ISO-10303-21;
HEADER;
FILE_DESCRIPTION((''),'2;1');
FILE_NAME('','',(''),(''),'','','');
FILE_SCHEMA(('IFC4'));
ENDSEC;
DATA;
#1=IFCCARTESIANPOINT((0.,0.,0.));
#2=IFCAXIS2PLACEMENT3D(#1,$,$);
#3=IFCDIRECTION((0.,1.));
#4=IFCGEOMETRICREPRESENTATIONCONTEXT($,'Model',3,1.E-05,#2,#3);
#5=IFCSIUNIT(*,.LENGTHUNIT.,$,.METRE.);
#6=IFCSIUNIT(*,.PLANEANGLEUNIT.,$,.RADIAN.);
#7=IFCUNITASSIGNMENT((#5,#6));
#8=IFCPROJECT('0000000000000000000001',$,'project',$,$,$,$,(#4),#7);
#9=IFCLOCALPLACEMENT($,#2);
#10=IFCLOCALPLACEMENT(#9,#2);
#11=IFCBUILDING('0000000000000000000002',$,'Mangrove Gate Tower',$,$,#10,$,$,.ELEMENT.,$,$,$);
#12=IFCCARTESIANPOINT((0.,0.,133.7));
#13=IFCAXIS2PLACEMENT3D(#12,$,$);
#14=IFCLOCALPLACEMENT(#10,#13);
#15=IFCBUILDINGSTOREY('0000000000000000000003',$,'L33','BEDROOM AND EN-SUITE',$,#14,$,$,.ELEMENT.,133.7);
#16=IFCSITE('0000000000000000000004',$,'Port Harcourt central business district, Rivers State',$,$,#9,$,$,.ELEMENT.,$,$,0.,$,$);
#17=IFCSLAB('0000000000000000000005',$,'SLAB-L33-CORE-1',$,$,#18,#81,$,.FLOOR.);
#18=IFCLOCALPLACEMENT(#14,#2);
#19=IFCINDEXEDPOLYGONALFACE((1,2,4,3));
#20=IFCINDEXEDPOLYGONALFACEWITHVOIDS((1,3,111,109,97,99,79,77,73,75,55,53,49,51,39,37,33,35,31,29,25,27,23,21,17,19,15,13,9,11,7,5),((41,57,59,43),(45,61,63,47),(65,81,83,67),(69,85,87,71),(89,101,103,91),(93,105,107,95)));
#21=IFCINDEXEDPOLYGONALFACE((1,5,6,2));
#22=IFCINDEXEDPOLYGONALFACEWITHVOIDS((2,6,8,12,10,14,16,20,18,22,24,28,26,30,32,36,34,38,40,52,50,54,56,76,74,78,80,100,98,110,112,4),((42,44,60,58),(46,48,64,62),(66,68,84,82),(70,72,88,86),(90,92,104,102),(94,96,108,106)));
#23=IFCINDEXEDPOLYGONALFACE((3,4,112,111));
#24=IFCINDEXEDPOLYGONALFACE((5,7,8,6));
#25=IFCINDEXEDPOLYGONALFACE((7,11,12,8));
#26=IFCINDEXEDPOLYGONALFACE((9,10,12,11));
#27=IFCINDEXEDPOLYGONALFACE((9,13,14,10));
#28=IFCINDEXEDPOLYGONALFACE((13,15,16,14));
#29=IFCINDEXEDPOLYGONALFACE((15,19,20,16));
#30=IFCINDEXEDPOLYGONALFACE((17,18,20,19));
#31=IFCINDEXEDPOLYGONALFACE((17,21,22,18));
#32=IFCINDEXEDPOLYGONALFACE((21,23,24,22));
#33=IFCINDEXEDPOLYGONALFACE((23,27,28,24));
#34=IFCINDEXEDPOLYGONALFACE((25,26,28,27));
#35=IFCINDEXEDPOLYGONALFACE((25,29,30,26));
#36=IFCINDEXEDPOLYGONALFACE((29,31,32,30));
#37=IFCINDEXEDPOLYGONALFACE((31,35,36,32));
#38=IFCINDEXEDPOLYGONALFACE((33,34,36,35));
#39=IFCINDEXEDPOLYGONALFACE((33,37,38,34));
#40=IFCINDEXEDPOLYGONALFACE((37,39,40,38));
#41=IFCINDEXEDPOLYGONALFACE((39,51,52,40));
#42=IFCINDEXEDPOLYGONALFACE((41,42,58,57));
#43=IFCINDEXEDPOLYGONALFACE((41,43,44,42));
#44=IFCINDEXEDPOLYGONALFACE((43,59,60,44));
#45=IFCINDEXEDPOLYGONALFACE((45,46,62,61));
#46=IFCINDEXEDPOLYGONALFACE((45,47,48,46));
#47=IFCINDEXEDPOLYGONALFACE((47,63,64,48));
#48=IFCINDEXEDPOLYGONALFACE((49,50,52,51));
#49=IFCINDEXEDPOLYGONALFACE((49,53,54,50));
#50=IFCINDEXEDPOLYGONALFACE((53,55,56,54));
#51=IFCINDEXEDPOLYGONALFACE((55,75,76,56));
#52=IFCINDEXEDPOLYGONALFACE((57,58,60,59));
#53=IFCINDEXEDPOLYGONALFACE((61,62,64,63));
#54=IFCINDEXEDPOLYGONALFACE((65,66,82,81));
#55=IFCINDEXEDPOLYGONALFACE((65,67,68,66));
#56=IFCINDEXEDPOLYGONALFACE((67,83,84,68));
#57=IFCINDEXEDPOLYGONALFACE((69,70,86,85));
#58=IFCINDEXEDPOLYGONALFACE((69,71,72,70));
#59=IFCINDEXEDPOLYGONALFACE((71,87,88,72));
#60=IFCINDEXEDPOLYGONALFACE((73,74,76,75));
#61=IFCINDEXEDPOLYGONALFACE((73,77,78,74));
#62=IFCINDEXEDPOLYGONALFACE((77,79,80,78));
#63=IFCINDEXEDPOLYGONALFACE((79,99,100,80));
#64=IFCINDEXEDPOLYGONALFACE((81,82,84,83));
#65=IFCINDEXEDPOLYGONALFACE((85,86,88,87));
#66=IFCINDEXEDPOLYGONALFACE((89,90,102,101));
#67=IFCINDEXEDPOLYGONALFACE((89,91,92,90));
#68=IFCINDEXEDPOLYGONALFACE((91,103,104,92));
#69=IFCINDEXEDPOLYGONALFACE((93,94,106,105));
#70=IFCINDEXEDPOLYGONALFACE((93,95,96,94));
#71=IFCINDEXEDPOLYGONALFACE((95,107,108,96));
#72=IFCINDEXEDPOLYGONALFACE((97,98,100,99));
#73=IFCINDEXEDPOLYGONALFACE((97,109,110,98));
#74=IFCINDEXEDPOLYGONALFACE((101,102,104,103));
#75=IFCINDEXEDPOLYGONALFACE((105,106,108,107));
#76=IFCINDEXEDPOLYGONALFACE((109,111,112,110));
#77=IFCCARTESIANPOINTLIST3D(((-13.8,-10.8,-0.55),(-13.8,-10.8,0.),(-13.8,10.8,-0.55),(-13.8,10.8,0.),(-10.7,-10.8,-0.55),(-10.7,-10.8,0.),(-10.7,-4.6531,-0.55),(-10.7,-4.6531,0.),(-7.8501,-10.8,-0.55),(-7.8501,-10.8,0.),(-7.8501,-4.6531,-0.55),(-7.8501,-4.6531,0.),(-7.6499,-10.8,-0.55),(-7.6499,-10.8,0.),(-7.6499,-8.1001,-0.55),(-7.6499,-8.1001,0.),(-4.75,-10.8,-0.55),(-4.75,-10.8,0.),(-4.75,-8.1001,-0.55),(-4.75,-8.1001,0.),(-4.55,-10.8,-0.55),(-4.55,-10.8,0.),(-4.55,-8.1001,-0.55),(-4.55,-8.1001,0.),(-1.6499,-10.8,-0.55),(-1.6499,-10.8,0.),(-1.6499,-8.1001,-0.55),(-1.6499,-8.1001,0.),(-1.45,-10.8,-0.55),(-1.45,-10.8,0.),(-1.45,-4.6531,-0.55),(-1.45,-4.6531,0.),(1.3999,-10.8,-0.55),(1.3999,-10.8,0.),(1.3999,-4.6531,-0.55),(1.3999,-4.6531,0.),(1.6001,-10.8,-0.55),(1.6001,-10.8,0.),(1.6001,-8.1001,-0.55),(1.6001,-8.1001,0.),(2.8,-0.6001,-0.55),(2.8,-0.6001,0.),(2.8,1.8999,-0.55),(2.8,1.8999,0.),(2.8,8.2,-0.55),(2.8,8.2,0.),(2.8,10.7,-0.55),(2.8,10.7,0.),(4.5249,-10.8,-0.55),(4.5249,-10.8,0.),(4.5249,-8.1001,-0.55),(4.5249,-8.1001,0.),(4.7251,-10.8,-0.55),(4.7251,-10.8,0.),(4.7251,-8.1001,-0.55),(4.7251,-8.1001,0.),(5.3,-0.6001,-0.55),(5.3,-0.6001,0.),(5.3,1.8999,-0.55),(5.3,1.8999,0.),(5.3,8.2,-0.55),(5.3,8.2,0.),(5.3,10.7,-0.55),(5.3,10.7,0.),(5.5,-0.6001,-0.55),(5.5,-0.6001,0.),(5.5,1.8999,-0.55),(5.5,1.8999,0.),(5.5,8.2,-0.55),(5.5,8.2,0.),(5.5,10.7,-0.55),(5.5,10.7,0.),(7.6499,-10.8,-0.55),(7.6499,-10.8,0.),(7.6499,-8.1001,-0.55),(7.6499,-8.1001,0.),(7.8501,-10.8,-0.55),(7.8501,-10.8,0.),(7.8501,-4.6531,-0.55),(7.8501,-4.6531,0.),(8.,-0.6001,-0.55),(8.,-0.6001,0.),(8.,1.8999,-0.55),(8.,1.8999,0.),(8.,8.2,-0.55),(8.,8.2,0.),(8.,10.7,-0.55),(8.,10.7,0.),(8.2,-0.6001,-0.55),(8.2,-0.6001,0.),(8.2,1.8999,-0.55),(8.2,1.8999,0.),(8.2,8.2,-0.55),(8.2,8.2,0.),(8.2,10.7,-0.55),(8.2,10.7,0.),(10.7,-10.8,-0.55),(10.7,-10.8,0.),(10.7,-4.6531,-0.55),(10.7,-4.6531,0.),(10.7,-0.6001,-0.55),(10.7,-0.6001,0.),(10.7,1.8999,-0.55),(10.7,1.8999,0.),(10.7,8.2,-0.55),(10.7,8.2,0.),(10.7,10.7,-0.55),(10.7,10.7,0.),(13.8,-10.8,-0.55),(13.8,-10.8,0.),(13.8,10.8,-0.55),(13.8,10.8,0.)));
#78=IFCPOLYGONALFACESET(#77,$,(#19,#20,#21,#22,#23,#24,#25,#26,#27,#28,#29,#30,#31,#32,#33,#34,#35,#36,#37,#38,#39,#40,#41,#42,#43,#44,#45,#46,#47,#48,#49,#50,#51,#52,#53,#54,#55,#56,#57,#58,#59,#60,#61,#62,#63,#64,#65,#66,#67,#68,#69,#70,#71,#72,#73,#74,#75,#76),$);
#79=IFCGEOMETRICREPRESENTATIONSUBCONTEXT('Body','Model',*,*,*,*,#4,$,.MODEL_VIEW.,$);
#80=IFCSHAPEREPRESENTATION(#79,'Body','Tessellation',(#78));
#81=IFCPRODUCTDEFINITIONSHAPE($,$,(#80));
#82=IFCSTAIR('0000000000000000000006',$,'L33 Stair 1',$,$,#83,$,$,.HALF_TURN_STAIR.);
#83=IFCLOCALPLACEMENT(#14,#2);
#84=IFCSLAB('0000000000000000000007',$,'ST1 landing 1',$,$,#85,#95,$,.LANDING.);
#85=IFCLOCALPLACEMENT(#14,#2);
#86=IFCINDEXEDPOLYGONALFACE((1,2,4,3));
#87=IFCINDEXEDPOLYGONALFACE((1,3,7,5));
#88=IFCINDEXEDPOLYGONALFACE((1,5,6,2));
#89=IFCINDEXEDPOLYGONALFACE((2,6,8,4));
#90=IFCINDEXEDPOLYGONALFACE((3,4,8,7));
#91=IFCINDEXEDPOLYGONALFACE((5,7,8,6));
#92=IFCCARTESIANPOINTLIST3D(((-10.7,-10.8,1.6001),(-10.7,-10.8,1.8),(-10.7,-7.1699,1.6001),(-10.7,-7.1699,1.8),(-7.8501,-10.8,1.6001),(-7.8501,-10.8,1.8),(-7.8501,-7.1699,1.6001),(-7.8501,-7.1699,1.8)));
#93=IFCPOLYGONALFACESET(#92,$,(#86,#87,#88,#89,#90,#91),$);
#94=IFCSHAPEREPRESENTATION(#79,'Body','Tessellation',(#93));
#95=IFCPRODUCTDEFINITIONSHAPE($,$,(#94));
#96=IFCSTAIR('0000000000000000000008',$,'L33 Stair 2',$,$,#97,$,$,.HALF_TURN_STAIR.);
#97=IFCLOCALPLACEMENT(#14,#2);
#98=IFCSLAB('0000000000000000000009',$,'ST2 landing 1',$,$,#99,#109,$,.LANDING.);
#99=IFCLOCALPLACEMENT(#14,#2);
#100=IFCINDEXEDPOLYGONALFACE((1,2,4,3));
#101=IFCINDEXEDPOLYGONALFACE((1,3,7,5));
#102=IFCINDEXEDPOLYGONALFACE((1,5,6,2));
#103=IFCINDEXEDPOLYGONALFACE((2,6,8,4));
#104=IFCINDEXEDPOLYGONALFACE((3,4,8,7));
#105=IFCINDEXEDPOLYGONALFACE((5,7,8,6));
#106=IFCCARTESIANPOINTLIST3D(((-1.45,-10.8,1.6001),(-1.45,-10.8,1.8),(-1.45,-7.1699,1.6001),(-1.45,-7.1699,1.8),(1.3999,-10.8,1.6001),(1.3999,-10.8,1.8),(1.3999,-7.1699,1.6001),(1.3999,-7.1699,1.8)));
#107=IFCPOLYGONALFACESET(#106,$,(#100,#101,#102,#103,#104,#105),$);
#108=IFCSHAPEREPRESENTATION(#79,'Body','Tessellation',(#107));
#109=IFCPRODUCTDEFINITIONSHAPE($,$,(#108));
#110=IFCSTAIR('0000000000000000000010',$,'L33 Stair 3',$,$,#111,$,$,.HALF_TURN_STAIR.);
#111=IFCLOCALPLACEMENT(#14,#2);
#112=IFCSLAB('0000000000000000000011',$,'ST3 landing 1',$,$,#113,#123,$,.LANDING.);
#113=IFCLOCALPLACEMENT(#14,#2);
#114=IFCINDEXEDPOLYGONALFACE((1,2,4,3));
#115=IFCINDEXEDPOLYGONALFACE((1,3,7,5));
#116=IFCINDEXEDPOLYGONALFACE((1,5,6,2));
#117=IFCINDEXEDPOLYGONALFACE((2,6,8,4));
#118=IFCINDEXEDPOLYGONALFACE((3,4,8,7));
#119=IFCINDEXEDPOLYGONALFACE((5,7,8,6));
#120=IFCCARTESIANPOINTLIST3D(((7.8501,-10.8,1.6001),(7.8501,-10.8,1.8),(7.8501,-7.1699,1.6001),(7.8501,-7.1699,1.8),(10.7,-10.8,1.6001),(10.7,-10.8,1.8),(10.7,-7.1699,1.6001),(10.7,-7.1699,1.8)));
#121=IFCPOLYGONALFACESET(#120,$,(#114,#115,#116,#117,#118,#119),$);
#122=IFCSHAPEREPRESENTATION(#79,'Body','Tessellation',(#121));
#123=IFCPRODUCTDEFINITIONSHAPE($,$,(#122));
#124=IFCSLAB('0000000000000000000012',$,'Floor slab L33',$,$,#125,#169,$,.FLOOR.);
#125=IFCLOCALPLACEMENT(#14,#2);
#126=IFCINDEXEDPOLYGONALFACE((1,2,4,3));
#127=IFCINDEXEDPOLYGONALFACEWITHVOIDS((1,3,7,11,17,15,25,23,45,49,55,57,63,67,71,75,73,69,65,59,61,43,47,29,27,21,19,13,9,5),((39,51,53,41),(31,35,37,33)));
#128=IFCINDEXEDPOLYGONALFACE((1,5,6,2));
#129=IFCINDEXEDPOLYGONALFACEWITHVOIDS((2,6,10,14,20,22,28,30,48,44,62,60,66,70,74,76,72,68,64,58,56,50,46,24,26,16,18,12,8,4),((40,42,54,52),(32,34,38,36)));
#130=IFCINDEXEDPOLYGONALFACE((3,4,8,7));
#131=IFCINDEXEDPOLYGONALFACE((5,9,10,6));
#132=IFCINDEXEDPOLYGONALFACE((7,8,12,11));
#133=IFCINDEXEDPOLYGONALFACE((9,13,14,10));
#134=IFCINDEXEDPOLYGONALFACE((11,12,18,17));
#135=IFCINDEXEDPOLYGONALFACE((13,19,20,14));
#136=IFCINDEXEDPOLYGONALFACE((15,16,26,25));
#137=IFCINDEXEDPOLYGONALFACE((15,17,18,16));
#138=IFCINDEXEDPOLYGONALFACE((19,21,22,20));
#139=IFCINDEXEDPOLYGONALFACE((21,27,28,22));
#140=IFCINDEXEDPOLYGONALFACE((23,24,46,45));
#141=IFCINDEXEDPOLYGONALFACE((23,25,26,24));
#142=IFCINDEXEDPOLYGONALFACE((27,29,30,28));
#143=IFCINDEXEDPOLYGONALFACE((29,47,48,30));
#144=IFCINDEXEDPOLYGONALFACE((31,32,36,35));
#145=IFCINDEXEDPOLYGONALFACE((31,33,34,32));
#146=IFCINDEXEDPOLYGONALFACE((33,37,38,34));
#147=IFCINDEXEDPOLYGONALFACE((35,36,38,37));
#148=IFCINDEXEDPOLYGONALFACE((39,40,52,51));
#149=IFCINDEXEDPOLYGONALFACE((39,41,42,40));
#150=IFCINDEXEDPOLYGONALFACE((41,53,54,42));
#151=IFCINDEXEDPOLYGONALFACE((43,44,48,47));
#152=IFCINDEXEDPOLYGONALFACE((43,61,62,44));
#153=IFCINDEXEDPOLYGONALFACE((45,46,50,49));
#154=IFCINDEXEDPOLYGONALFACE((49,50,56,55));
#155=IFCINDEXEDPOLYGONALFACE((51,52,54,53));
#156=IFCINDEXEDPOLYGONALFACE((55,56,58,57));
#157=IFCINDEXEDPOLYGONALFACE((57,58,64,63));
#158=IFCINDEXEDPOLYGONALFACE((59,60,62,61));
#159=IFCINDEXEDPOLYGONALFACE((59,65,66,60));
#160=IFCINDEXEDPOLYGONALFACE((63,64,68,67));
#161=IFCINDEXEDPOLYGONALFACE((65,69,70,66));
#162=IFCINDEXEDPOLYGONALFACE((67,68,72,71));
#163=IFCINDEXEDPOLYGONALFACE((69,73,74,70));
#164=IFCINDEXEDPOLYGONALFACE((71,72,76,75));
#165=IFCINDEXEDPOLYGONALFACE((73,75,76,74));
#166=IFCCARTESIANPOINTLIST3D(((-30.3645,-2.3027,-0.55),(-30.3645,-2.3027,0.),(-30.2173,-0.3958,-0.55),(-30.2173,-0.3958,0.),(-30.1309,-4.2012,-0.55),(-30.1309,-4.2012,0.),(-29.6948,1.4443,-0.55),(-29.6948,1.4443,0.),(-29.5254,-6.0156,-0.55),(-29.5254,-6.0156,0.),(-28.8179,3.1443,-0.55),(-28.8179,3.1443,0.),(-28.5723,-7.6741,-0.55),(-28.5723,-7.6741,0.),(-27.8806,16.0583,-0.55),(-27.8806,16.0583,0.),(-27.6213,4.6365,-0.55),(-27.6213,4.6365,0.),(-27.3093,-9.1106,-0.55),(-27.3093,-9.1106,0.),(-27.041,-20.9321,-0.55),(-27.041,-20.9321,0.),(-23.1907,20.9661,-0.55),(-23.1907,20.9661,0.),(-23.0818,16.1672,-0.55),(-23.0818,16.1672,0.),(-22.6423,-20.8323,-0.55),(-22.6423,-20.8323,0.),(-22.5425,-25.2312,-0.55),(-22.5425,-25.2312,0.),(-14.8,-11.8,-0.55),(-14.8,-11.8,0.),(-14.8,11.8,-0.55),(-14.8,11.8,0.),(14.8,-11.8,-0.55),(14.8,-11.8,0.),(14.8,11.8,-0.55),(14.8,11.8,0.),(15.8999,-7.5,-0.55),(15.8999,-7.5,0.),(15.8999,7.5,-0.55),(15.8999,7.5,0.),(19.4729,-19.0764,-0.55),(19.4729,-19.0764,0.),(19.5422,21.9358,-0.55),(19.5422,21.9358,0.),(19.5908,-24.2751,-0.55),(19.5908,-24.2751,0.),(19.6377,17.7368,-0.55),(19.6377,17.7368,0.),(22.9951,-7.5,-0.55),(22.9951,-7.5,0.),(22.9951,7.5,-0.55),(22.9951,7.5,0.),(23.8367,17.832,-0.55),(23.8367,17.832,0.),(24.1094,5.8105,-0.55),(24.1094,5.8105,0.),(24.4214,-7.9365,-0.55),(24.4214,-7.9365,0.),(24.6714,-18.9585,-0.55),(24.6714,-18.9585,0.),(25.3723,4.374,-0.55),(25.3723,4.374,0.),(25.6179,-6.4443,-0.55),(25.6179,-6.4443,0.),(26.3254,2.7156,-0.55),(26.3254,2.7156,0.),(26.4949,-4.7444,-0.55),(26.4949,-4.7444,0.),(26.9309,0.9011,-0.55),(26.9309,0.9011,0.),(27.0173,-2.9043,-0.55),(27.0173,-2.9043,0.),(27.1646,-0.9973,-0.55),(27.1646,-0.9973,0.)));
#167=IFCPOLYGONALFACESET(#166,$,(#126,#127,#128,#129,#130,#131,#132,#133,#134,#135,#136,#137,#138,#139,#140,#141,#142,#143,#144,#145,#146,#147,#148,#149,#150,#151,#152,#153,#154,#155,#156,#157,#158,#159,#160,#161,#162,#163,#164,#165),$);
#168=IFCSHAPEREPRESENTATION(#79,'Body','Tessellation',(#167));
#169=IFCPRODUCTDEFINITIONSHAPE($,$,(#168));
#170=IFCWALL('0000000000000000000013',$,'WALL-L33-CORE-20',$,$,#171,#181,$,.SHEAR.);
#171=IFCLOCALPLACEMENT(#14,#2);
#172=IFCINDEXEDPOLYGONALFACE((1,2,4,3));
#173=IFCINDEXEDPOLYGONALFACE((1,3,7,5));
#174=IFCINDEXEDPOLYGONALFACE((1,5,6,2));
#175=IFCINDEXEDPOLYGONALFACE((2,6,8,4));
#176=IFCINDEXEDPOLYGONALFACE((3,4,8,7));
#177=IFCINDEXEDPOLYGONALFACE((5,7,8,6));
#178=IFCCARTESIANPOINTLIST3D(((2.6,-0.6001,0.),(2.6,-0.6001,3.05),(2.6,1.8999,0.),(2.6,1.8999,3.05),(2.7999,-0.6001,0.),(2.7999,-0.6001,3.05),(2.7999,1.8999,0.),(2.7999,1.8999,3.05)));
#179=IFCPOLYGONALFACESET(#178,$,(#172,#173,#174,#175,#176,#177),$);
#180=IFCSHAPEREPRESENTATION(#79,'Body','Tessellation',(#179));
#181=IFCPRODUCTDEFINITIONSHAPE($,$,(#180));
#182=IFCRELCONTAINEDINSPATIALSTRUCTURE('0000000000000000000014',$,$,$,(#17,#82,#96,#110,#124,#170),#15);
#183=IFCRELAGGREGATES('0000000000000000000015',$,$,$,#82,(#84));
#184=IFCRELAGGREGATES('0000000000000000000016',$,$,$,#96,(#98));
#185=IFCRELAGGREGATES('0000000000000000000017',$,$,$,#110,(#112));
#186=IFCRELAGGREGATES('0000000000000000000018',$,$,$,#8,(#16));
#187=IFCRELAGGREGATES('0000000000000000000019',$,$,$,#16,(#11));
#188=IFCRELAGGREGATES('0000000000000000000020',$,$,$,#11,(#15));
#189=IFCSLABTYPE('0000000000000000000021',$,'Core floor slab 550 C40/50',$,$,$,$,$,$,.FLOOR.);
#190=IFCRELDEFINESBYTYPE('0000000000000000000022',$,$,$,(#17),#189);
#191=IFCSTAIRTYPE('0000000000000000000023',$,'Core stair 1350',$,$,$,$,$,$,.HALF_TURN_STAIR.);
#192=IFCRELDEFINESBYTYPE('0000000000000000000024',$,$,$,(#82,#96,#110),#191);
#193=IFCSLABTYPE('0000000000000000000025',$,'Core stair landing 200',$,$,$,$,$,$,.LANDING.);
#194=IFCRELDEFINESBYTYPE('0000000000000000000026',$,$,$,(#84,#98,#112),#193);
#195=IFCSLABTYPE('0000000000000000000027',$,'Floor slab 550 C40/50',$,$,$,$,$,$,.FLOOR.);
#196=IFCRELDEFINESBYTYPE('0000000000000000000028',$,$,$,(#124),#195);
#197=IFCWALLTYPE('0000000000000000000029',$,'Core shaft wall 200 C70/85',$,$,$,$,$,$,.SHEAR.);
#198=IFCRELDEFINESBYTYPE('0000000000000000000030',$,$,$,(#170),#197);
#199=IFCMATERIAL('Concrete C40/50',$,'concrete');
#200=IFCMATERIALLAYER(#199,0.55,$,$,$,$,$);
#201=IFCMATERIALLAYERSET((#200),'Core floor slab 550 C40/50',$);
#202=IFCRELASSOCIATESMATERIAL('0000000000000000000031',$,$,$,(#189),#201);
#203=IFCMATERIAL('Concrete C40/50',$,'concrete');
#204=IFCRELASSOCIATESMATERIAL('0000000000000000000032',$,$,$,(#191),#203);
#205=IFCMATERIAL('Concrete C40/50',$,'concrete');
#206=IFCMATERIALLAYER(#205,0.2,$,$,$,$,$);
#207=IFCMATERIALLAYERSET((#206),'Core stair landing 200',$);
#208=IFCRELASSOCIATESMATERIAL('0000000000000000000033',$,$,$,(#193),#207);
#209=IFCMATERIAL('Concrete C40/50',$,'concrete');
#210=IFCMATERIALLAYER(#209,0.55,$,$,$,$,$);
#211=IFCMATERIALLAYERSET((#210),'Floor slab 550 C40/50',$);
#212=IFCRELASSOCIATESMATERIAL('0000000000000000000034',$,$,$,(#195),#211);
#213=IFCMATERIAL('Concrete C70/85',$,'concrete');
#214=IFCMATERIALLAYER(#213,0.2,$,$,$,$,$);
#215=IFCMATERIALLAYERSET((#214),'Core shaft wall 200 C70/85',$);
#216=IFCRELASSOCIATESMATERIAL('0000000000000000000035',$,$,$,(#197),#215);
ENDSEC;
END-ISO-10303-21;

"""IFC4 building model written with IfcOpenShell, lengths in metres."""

from ifc_helpers import new_model, si_unit, direction, frame, frame_2d, origin, place, context, subcontext, project, spatial, polyline, rectangle, outline, extrude, material, layer, layer_set, type_object, element, aggregate, save


model = new_model("IFC4")

# Units and contexts
model_context = context("Model", 3, precision=1e-05, world=origin(), true_north=direction((0.0, 1.0)))
body_context = subcontext(model_context, "Body", "Model", "MODEL_VIEW")
ifc_project = project(units=[si_unit("LENGTHUNIT", "METRE"), si_unit("PLANEANGLEUNIT", "RADIAN")], contexts=[model_context])

# Site, building, storey
site_placement = place(None, origin())
site = spatial("IfcSite", under=ifc_project, at=site_placement, Name="Port Harcourt central business district, Rivers State", CompositionType="ELEMENT", RefElevation=0.0)
building_placement = place(site_placement, origin())
building = spatial("IfcBuilding", under=site, at=building_placement, Name="Mangrove Gate Tower", CompositionType="ELEMENT")
storey_placement = place(building_placement, frame((0.0, 0.0, 133.7)))
storey = spatial("IfcBuildingStorey", under=building, at=storey_placement, Name="L33", Description="BEDROOM AND EN-SUITE", CompositionType="ELEMENT", Elevation=133.7)

# Slab
ifc_material_1 = material(Name="Concrete C40/50", Category="concrete")
ifc_layer_1 = layer(ifc_material_1, 0.55)
ifc_layer_set_1 = layer_set([ifc_layer_1], Name="Core floor slab 550 C40/50")
slab_type_1 = type_object("IfcSlabType", Name="Core floor slab 550 C40/50", PredefinedType="FLOOR", material=ifc_layer_set_1)
slab_1_placement = place(storey_placement, frame((0.0, 0.0, -0.55)))
element("IfcSlab", 1, at=slab_1_placement, inside=storey, type_object=slab_type_1, Name="SLAB-L33-CORE-1", PredefinedType="FLOOR", context=body_context, shape_type="SweptSolid", body=[
    extrude(outline(polyline([(-13.8, -10.8), (-13.8, 10.8), (13.8, 10.8), (13.8, -10.8), (10.7, -10.8), (10.7, -4.6531), (7.8501, -4.6531), (7.8501, -10.8), (7.6499, -10.8), (7.6499, -8.1001), (4.7251, -8.1001), (4.7251, -10.8), (4.5249, -10.8), (4.5249, -8.1001), (1.6001, -8.1001), (1.6001, -10.8), (1.3999, -10.8), (1.3999, -4.6531), (-1.45, -4.6531), (-1.45, -10.8), (-1.6499, -10.8), (-1.6499, -8.1001), (-4.55, -8.1001), (-4.55, -10.8), (-4.75, -10.8), (-4.75, -8.1001), (-7.6499, -8.1001), (-7.6499, -10.8), (-7.8501, -10.8), (-7.8501, -4.6531), (-10.7, -4.6531), (-10.7, -10.8), (-13.8, -10.8)]), holes=[polyline([(5.3, -0.6001), (5.3, 1.8999), (2.8, 1.8999), (2.8, -0.6001), (5.3, -0.6001)]), polyline([(5.3, 10.7), (2.8, 10.7), (2.8, 8.2), (5.3, 8.2), (5.3, 10.7)]), polyline([(8.0, -0.6001), (8.0, 1.8999), (5.5, 1.8999), (5.5, -0.6001), (8.0, -0.6001)]), polyline([(10.7, -0.6001), (10.7, 1.8999), (8.2, 1.8999), (8.2, -0.6001), (10.7, -0.6001)]), polyline([(8.0, 8.2), (8.0, 10.7), (5.5, 10.7), (5.5, 8.2), (8.0, 8.2)]), polyline([(10.7, 8.2), (10.7, 10.7), (8.2, 10.7), (8.2, 8.2), (10.7, 8.2)])]), origin(), (0.0, 0.0, 1.0), 0.55),
])

# Stairs, slabs
ifc_material_2 = material(Name="Concrete C40/50", Category="concrete")
stair_type = type_object("IfcStairType", Name="Core stair 1350", PredefinedType="HALF_TURN_STAIR", material=ifc_material_2)
stair_1_placement = place(storey_placement, origin())
stair_1 = element("IfcStair", 2, at=stair_1_placement, inside=storey, type_object=stair_type, Name="L33 Stair 1", PredefinedType="HALF_TURN_STAIR")
ifc_material_3 = material(Name="Concrete C40/50", Category="concrete")
ifc_layer_2 = layer(ifc_material_3, 0.2)
ifc_layer_set_2 = layer_set([ifc_layer_2], Name="Core stair landing 200")
slab_type_2 = type_object("IfcSlabType", Name="Core stair landing 200", PredefinedType="LANDING", material=ifc_layer_set_2)
slab_2_placement = place(storey_placement, frame((0.0, 0.0, 1.6001)))
slab_2 = element("IfcSlab", 3, at=slab_2_placement, type_object=slab_type_2, Name="ST1 landing 1", PredefinedType="LANDING", context=body_context, shape_type="SweptSolid", body=[
    extrude(outline(polyline([(-10.7, -7.1699), (-10.7, -10.8), (-7.8501, -10.8), (-7.8501, -7.1699), (-10.7, -7.1699)])), origin(), (0.0, 0.0, 1.0), 0.2),
])
aggregate(stair_1, [slab_2])
stair_2_placement = place(storey_placement, origin())
stair_2 = element("IfcStair", 4, at=stair_2_placement, inside=storey, type_object=stair_type, Name="L33 Stair 2", PredefinedType="HALF_TURN_STAIR")
slab_3_placement = place(storey_placement, frame((0.0, 0.0, 1.6001)))
slab_3 = element("IfcSlab", 5, at=slab_3_placement, type_object=slab_type_2, Name="ST2 landing 1", PredefinedType="LANDING", context=body_context, shape_type="SweptSolid", body=[
    extrude(outline(polyline([(-1.45, -7.1699), (-1.45, -10.8), (1.3999, -10.8), (1.3999, -7.1699), (-1.45, -7.1699)])), origin(), (0.0, 0.0, 1.0), 0.2),
])
aggregate(stair_2, [slab_3])
stair_3_placement = place(storey_placement, origin())
stair_3 = element("IfcStair", 6, at=stair_3_placement, inside=storey, type_object=stair_type, Name="L33 Stair 3", PredefinedType="HALF_TURN_STAIR")
slab_4_placement = place(storey_placement, frame((0.0, 0.0, 1.6001)))
slab_4 = element("IfcSlab", 7, at=slab_4_placement, type_object=slab_type_2, Name="ST3 landing 1", PredefinedType="LANDING", context=body_context, shape_type="SweptSolid", body=[
    extrude(outline(polyline([(7.8501, -7.1699), (7.8501, -10.8), (10.7, -10.8), (10.7, -7.1699), (7.8501, -7.1699)])), origin(), (0.0, 0.0, 1.0), 0.2),
])
aggregate(stair_3, [slab_4])

# Slab
ifc_material_4 = material(Name="Concrete C40/50", Category="concrete")
ifc_layer_3 = layer(ifc_material_4, 0.55)
ifc_layer_set_3 = layer_set([ifc_layer_3], Name="Floor slab 550 C40/50")
slab_type_3 = type_object("IfcSlabType", Name="Floor slab 550 C40/50", PredefinedType="FLOOR", material=ifc_layer_set_3)
slab_5_placement = place(storey_placement, frame((0.0, 0.0, -0.55)))
element("IfcSlab", 8, at=slab_5_placement, inside=storey, type_object=slab_type_3, Name="Floor slab L33", PredefinedType="FLOOR", context=body_context, shape_type="SweptSolid", body=[
    extrude(outline(polyline([(-22.5425, -25.2312), (19.5908, -24.2751), (19.4729, -19.0764), (24.6714, -18.9585), (24.4214, -7.9365), (25.6179, -6.4443), (26.4949, -4.7444), (27.0173, -2.9043), (27.1646, -0.9973), (26.9309, 0.9011), (26.3254, 2.7156), (25.3723, 4.374), (24.1094, 5.8105), (23.8367, 17.832), (19.6377, 17.7368), (19.5422, 21.9358), (-23.1907, 20.9661), (-23.0818, 16.1672), (-27.8806, 16.0583), (-27.6213, 4.6365), (-28.8179, 3.1443), (-29.6948, 1.4443), (-30.2173, -0.3958), (-30.3645, -2.3027), (-30.1309, -4.2012), (-29.5254, -6.0156), (-28.5723, -7.6741), (-27.3093, -9.1106), (-27.041, -20.9321), (-22.6423, -20.8323), (-22.5425, -25.2312)]), holes=[polyline([(15.8999, 7.5), (22.9951, 7.5), (22.9951, -7.5), (15.8999, -7.5), (15.8999, 7.5)]), polyline([(-14.8, -11.8), (-14.8, 11.8), (14.8, 11.8), (14.8, -11.8), (-14.8, -11.8)])]), origin(), (0.0, 0.0, 1.0), 0.55),
])

# Wall
ifc_material_5 = material(Name="Concrete C70/85", Category="concrete")
ifc_layer_4 = layer(ifc_material_5, 0.2)
ifc_layer_set_4 = layer_set([ifc_layer_4], Name="Core shaft wall 200 C70/85")
wall_type_1 = type_object("IfcWallType", Name="Core shaft wall 200 C70/85", PredefinedType="SHEAR", material=ifc_layer_set_4)
for number, where, z_axis, x_axis, name in (
    (9, (2.7, -0.6001, 0.0), (0.0, 0.0, 1.0), (0.0, 1.0, 0.0), "WALL-L33-CORE-20"),
):
    element("IfcWall", number, at=place(storey_placement, frame(where, z_axis=z_axis, x_axis=x_axis)), inside=storey, type_object=wall_type_1, Name=name, PredefinedType="SHEAR", context=body_context, shape_type="SweptSolid", body=[
        extrude(rectangle(XDim=2.5, YDim=0.2, at=frame_2d((1.25, 0.0))), origin(), (0.0, 0.0, 1.0), 3.05),
    ])

save(model, "model.ifc")
